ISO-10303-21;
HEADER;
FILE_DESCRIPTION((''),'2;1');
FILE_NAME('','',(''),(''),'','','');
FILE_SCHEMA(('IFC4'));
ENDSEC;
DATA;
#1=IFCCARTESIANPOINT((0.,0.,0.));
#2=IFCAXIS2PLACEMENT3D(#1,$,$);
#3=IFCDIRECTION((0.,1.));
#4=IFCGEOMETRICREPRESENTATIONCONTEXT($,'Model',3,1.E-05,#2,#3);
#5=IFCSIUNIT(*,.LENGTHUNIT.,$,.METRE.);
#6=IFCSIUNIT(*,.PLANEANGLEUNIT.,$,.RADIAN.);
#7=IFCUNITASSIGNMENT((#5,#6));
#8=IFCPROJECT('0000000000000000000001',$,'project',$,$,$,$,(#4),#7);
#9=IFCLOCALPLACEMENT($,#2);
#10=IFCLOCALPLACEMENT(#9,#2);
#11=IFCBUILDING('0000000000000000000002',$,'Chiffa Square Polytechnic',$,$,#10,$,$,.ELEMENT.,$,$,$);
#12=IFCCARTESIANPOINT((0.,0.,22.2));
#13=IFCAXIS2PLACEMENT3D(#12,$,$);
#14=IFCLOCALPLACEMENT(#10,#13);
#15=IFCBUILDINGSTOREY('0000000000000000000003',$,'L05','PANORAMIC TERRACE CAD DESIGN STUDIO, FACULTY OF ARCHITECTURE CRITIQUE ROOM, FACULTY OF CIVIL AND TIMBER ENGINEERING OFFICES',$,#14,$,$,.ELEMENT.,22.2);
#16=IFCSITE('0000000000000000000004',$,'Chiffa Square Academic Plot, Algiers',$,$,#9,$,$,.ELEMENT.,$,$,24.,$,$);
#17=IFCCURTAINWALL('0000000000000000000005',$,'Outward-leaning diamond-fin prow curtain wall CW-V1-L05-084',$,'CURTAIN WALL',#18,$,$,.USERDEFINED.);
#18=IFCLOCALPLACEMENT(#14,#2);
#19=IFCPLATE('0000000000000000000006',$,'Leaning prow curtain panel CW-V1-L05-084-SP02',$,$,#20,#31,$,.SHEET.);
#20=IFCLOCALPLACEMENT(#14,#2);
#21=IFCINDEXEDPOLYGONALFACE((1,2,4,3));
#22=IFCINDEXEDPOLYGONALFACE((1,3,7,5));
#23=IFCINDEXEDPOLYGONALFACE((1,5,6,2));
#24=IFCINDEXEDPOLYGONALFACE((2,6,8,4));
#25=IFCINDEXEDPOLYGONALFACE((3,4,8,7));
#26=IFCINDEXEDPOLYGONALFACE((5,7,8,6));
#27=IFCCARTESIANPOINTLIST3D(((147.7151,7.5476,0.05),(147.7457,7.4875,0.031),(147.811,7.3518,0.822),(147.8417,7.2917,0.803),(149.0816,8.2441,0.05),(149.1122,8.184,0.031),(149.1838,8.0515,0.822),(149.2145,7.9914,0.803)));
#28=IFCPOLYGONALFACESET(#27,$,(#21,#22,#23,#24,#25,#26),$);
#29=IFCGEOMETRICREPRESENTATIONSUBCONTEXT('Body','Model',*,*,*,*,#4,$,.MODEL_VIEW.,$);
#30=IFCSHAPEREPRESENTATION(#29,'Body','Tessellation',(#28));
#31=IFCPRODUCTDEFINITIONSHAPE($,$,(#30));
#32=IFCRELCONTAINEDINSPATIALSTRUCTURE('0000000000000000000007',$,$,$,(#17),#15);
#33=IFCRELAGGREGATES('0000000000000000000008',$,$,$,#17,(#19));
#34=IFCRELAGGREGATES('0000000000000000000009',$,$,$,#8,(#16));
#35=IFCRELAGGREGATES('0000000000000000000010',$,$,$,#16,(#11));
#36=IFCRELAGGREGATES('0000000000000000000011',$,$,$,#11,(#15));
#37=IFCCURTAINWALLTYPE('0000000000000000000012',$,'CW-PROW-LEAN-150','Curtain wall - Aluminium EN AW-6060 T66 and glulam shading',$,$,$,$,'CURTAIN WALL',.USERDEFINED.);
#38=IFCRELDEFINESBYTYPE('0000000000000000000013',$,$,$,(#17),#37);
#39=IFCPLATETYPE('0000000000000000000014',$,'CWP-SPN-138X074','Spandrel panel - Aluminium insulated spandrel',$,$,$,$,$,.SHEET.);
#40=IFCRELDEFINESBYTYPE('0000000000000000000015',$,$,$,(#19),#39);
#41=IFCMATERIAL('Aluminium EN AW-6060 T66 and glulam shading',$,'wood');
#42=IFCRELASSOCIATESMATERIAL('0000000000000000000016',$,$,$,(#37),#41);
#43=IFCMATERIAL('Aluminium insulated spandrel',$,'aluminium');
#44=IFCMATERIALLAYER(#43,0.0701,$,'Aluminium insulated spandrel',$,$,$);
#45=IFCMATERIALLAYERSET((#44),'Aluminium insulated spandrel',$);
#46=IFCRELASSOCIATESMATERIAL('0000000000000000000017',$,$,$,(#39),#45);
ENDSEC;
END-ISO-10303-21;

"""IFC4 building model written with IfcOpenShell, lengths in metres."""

from ifc_helpers import new_model, si_unit, direction, frame, origin, place, context, subcontext, project, spatial, polyline, outline, extrude, material, layer, layer_set, type_object, element, aggregate, save


model = new_model("IFC4")

# Units and contexts
model_context = context("Model", 3, precision=1e-05, world=origin(), true_north=direction((0.0, 1.0)))
body_context = subcontext(model_context, "Body", "Model", "MODEL_VIEW")
ifc_project = project(units=[si_unit("LENGTHUNIT", "METRE"), si_unit("PLANEANGLEUNIT", "RADIAN")], contexts=[model_context])

# Site, building, storey
site_placement = place(None, origin())
site = spatial("IfcSite", under=ifc_project, at=site_placement, Name="Chiffa Square Academic Plot, Algiers", CompositionType="ELEMENT", RefElevation=24.0)
building_placement = place(site_placement, origin())
building = spatial("IfcBuilding", under=site, at=building_placement, Name="Chiffa Square Polytechnic", CompositionType="ELEMENT")
storey_placement = place(building_placement, frame((0.0, 0.0, 22.2)))
storey = spatial("IfcBuildingStorey", under=building, at=storey_placement, Name="L05", Description="PANORAMIC TERRACE CAD DESIGN STUDIO, FACULTY OF ARCHITECTURE CRITIQUE ROOM, FACULTY OF CIVIL AND TIMBER ENGINEERING OFFICES", CompositionType="ELEMENT", Elevation=22.2)

# Shared definitions
ifc_material_1 = material(Name="Aluminium EN AW-6060 T66 and glulam shading", Category="wood")

# Curtain wall
curtain_wall_type_1 = type_object("IfcCurtainWallType", Name="CW-PROW-LEAN-150", Description="Curtain wall - Aluminium EN AW-6060 T66 and glulam shading", ElementType="CURTAIN WALL", PredefinedType="USERDEFINED", material=ifc_material_1)
curtain_wall_1_placement = place(storey_placement, origin())
curtain_wall_1 = element("IfcCurtainWall", 1, at=curtain_wall_1_placement, inside=storey, type_object=curtain_wall_type_1, Name="Outward-leaning diamond-fin prow curtain wall CW-V1-L05-084", ObjectType="CURTAIN WALL", PredefinedType="USERDEFINED")

# Plate
ifc_material_2 = material(Name="Aluminium insulated spandrel", Category="aluminium")
ifc_layer_1 = layer(ifc_material_2, 0.0701, Name="Aluminium insulated spandrel")
ifc_layer_set_1 = layer_set([ifc_layer_1], Name="Aluminium insulated spandrel")
plate_type_1 = type_object("IfcPlateType", Name="CWP-SPN-138X074", Description="Spandrel panel - Aluminium insulated spandrel", PredefinedType="SHEET", material=ifc_layer_set_1)
plate_1_placement = place(storey_placement, frame((147.7151, 7.5476, 0.05), z_axis=(-0.437026, 0.857393, 0.271818), x_axis=(0.890938, 0.454126, -0.000005)))
plate_1 = element("IfcPlate", 2, at=plate_1_placement, type_object=plate_type_1, Name="Leaning prow curtain panel CW-V1-L05-084-SP02", PredefinedType="SHEET", context=body_context, shape_type="SweptSolid", body=[
    extrude(outline(polyline([(0.0, 0.0), (1.5337, 0.0), (1.5374, -0.8022), (-0.0034, -0.8022), (0.0, 0.0)])), origin(), (0.0, 0.0, -1.0), 0.0701),
])
aggregate(curtain_wall_1, [plate_1])

save(model, "model.ifc")
